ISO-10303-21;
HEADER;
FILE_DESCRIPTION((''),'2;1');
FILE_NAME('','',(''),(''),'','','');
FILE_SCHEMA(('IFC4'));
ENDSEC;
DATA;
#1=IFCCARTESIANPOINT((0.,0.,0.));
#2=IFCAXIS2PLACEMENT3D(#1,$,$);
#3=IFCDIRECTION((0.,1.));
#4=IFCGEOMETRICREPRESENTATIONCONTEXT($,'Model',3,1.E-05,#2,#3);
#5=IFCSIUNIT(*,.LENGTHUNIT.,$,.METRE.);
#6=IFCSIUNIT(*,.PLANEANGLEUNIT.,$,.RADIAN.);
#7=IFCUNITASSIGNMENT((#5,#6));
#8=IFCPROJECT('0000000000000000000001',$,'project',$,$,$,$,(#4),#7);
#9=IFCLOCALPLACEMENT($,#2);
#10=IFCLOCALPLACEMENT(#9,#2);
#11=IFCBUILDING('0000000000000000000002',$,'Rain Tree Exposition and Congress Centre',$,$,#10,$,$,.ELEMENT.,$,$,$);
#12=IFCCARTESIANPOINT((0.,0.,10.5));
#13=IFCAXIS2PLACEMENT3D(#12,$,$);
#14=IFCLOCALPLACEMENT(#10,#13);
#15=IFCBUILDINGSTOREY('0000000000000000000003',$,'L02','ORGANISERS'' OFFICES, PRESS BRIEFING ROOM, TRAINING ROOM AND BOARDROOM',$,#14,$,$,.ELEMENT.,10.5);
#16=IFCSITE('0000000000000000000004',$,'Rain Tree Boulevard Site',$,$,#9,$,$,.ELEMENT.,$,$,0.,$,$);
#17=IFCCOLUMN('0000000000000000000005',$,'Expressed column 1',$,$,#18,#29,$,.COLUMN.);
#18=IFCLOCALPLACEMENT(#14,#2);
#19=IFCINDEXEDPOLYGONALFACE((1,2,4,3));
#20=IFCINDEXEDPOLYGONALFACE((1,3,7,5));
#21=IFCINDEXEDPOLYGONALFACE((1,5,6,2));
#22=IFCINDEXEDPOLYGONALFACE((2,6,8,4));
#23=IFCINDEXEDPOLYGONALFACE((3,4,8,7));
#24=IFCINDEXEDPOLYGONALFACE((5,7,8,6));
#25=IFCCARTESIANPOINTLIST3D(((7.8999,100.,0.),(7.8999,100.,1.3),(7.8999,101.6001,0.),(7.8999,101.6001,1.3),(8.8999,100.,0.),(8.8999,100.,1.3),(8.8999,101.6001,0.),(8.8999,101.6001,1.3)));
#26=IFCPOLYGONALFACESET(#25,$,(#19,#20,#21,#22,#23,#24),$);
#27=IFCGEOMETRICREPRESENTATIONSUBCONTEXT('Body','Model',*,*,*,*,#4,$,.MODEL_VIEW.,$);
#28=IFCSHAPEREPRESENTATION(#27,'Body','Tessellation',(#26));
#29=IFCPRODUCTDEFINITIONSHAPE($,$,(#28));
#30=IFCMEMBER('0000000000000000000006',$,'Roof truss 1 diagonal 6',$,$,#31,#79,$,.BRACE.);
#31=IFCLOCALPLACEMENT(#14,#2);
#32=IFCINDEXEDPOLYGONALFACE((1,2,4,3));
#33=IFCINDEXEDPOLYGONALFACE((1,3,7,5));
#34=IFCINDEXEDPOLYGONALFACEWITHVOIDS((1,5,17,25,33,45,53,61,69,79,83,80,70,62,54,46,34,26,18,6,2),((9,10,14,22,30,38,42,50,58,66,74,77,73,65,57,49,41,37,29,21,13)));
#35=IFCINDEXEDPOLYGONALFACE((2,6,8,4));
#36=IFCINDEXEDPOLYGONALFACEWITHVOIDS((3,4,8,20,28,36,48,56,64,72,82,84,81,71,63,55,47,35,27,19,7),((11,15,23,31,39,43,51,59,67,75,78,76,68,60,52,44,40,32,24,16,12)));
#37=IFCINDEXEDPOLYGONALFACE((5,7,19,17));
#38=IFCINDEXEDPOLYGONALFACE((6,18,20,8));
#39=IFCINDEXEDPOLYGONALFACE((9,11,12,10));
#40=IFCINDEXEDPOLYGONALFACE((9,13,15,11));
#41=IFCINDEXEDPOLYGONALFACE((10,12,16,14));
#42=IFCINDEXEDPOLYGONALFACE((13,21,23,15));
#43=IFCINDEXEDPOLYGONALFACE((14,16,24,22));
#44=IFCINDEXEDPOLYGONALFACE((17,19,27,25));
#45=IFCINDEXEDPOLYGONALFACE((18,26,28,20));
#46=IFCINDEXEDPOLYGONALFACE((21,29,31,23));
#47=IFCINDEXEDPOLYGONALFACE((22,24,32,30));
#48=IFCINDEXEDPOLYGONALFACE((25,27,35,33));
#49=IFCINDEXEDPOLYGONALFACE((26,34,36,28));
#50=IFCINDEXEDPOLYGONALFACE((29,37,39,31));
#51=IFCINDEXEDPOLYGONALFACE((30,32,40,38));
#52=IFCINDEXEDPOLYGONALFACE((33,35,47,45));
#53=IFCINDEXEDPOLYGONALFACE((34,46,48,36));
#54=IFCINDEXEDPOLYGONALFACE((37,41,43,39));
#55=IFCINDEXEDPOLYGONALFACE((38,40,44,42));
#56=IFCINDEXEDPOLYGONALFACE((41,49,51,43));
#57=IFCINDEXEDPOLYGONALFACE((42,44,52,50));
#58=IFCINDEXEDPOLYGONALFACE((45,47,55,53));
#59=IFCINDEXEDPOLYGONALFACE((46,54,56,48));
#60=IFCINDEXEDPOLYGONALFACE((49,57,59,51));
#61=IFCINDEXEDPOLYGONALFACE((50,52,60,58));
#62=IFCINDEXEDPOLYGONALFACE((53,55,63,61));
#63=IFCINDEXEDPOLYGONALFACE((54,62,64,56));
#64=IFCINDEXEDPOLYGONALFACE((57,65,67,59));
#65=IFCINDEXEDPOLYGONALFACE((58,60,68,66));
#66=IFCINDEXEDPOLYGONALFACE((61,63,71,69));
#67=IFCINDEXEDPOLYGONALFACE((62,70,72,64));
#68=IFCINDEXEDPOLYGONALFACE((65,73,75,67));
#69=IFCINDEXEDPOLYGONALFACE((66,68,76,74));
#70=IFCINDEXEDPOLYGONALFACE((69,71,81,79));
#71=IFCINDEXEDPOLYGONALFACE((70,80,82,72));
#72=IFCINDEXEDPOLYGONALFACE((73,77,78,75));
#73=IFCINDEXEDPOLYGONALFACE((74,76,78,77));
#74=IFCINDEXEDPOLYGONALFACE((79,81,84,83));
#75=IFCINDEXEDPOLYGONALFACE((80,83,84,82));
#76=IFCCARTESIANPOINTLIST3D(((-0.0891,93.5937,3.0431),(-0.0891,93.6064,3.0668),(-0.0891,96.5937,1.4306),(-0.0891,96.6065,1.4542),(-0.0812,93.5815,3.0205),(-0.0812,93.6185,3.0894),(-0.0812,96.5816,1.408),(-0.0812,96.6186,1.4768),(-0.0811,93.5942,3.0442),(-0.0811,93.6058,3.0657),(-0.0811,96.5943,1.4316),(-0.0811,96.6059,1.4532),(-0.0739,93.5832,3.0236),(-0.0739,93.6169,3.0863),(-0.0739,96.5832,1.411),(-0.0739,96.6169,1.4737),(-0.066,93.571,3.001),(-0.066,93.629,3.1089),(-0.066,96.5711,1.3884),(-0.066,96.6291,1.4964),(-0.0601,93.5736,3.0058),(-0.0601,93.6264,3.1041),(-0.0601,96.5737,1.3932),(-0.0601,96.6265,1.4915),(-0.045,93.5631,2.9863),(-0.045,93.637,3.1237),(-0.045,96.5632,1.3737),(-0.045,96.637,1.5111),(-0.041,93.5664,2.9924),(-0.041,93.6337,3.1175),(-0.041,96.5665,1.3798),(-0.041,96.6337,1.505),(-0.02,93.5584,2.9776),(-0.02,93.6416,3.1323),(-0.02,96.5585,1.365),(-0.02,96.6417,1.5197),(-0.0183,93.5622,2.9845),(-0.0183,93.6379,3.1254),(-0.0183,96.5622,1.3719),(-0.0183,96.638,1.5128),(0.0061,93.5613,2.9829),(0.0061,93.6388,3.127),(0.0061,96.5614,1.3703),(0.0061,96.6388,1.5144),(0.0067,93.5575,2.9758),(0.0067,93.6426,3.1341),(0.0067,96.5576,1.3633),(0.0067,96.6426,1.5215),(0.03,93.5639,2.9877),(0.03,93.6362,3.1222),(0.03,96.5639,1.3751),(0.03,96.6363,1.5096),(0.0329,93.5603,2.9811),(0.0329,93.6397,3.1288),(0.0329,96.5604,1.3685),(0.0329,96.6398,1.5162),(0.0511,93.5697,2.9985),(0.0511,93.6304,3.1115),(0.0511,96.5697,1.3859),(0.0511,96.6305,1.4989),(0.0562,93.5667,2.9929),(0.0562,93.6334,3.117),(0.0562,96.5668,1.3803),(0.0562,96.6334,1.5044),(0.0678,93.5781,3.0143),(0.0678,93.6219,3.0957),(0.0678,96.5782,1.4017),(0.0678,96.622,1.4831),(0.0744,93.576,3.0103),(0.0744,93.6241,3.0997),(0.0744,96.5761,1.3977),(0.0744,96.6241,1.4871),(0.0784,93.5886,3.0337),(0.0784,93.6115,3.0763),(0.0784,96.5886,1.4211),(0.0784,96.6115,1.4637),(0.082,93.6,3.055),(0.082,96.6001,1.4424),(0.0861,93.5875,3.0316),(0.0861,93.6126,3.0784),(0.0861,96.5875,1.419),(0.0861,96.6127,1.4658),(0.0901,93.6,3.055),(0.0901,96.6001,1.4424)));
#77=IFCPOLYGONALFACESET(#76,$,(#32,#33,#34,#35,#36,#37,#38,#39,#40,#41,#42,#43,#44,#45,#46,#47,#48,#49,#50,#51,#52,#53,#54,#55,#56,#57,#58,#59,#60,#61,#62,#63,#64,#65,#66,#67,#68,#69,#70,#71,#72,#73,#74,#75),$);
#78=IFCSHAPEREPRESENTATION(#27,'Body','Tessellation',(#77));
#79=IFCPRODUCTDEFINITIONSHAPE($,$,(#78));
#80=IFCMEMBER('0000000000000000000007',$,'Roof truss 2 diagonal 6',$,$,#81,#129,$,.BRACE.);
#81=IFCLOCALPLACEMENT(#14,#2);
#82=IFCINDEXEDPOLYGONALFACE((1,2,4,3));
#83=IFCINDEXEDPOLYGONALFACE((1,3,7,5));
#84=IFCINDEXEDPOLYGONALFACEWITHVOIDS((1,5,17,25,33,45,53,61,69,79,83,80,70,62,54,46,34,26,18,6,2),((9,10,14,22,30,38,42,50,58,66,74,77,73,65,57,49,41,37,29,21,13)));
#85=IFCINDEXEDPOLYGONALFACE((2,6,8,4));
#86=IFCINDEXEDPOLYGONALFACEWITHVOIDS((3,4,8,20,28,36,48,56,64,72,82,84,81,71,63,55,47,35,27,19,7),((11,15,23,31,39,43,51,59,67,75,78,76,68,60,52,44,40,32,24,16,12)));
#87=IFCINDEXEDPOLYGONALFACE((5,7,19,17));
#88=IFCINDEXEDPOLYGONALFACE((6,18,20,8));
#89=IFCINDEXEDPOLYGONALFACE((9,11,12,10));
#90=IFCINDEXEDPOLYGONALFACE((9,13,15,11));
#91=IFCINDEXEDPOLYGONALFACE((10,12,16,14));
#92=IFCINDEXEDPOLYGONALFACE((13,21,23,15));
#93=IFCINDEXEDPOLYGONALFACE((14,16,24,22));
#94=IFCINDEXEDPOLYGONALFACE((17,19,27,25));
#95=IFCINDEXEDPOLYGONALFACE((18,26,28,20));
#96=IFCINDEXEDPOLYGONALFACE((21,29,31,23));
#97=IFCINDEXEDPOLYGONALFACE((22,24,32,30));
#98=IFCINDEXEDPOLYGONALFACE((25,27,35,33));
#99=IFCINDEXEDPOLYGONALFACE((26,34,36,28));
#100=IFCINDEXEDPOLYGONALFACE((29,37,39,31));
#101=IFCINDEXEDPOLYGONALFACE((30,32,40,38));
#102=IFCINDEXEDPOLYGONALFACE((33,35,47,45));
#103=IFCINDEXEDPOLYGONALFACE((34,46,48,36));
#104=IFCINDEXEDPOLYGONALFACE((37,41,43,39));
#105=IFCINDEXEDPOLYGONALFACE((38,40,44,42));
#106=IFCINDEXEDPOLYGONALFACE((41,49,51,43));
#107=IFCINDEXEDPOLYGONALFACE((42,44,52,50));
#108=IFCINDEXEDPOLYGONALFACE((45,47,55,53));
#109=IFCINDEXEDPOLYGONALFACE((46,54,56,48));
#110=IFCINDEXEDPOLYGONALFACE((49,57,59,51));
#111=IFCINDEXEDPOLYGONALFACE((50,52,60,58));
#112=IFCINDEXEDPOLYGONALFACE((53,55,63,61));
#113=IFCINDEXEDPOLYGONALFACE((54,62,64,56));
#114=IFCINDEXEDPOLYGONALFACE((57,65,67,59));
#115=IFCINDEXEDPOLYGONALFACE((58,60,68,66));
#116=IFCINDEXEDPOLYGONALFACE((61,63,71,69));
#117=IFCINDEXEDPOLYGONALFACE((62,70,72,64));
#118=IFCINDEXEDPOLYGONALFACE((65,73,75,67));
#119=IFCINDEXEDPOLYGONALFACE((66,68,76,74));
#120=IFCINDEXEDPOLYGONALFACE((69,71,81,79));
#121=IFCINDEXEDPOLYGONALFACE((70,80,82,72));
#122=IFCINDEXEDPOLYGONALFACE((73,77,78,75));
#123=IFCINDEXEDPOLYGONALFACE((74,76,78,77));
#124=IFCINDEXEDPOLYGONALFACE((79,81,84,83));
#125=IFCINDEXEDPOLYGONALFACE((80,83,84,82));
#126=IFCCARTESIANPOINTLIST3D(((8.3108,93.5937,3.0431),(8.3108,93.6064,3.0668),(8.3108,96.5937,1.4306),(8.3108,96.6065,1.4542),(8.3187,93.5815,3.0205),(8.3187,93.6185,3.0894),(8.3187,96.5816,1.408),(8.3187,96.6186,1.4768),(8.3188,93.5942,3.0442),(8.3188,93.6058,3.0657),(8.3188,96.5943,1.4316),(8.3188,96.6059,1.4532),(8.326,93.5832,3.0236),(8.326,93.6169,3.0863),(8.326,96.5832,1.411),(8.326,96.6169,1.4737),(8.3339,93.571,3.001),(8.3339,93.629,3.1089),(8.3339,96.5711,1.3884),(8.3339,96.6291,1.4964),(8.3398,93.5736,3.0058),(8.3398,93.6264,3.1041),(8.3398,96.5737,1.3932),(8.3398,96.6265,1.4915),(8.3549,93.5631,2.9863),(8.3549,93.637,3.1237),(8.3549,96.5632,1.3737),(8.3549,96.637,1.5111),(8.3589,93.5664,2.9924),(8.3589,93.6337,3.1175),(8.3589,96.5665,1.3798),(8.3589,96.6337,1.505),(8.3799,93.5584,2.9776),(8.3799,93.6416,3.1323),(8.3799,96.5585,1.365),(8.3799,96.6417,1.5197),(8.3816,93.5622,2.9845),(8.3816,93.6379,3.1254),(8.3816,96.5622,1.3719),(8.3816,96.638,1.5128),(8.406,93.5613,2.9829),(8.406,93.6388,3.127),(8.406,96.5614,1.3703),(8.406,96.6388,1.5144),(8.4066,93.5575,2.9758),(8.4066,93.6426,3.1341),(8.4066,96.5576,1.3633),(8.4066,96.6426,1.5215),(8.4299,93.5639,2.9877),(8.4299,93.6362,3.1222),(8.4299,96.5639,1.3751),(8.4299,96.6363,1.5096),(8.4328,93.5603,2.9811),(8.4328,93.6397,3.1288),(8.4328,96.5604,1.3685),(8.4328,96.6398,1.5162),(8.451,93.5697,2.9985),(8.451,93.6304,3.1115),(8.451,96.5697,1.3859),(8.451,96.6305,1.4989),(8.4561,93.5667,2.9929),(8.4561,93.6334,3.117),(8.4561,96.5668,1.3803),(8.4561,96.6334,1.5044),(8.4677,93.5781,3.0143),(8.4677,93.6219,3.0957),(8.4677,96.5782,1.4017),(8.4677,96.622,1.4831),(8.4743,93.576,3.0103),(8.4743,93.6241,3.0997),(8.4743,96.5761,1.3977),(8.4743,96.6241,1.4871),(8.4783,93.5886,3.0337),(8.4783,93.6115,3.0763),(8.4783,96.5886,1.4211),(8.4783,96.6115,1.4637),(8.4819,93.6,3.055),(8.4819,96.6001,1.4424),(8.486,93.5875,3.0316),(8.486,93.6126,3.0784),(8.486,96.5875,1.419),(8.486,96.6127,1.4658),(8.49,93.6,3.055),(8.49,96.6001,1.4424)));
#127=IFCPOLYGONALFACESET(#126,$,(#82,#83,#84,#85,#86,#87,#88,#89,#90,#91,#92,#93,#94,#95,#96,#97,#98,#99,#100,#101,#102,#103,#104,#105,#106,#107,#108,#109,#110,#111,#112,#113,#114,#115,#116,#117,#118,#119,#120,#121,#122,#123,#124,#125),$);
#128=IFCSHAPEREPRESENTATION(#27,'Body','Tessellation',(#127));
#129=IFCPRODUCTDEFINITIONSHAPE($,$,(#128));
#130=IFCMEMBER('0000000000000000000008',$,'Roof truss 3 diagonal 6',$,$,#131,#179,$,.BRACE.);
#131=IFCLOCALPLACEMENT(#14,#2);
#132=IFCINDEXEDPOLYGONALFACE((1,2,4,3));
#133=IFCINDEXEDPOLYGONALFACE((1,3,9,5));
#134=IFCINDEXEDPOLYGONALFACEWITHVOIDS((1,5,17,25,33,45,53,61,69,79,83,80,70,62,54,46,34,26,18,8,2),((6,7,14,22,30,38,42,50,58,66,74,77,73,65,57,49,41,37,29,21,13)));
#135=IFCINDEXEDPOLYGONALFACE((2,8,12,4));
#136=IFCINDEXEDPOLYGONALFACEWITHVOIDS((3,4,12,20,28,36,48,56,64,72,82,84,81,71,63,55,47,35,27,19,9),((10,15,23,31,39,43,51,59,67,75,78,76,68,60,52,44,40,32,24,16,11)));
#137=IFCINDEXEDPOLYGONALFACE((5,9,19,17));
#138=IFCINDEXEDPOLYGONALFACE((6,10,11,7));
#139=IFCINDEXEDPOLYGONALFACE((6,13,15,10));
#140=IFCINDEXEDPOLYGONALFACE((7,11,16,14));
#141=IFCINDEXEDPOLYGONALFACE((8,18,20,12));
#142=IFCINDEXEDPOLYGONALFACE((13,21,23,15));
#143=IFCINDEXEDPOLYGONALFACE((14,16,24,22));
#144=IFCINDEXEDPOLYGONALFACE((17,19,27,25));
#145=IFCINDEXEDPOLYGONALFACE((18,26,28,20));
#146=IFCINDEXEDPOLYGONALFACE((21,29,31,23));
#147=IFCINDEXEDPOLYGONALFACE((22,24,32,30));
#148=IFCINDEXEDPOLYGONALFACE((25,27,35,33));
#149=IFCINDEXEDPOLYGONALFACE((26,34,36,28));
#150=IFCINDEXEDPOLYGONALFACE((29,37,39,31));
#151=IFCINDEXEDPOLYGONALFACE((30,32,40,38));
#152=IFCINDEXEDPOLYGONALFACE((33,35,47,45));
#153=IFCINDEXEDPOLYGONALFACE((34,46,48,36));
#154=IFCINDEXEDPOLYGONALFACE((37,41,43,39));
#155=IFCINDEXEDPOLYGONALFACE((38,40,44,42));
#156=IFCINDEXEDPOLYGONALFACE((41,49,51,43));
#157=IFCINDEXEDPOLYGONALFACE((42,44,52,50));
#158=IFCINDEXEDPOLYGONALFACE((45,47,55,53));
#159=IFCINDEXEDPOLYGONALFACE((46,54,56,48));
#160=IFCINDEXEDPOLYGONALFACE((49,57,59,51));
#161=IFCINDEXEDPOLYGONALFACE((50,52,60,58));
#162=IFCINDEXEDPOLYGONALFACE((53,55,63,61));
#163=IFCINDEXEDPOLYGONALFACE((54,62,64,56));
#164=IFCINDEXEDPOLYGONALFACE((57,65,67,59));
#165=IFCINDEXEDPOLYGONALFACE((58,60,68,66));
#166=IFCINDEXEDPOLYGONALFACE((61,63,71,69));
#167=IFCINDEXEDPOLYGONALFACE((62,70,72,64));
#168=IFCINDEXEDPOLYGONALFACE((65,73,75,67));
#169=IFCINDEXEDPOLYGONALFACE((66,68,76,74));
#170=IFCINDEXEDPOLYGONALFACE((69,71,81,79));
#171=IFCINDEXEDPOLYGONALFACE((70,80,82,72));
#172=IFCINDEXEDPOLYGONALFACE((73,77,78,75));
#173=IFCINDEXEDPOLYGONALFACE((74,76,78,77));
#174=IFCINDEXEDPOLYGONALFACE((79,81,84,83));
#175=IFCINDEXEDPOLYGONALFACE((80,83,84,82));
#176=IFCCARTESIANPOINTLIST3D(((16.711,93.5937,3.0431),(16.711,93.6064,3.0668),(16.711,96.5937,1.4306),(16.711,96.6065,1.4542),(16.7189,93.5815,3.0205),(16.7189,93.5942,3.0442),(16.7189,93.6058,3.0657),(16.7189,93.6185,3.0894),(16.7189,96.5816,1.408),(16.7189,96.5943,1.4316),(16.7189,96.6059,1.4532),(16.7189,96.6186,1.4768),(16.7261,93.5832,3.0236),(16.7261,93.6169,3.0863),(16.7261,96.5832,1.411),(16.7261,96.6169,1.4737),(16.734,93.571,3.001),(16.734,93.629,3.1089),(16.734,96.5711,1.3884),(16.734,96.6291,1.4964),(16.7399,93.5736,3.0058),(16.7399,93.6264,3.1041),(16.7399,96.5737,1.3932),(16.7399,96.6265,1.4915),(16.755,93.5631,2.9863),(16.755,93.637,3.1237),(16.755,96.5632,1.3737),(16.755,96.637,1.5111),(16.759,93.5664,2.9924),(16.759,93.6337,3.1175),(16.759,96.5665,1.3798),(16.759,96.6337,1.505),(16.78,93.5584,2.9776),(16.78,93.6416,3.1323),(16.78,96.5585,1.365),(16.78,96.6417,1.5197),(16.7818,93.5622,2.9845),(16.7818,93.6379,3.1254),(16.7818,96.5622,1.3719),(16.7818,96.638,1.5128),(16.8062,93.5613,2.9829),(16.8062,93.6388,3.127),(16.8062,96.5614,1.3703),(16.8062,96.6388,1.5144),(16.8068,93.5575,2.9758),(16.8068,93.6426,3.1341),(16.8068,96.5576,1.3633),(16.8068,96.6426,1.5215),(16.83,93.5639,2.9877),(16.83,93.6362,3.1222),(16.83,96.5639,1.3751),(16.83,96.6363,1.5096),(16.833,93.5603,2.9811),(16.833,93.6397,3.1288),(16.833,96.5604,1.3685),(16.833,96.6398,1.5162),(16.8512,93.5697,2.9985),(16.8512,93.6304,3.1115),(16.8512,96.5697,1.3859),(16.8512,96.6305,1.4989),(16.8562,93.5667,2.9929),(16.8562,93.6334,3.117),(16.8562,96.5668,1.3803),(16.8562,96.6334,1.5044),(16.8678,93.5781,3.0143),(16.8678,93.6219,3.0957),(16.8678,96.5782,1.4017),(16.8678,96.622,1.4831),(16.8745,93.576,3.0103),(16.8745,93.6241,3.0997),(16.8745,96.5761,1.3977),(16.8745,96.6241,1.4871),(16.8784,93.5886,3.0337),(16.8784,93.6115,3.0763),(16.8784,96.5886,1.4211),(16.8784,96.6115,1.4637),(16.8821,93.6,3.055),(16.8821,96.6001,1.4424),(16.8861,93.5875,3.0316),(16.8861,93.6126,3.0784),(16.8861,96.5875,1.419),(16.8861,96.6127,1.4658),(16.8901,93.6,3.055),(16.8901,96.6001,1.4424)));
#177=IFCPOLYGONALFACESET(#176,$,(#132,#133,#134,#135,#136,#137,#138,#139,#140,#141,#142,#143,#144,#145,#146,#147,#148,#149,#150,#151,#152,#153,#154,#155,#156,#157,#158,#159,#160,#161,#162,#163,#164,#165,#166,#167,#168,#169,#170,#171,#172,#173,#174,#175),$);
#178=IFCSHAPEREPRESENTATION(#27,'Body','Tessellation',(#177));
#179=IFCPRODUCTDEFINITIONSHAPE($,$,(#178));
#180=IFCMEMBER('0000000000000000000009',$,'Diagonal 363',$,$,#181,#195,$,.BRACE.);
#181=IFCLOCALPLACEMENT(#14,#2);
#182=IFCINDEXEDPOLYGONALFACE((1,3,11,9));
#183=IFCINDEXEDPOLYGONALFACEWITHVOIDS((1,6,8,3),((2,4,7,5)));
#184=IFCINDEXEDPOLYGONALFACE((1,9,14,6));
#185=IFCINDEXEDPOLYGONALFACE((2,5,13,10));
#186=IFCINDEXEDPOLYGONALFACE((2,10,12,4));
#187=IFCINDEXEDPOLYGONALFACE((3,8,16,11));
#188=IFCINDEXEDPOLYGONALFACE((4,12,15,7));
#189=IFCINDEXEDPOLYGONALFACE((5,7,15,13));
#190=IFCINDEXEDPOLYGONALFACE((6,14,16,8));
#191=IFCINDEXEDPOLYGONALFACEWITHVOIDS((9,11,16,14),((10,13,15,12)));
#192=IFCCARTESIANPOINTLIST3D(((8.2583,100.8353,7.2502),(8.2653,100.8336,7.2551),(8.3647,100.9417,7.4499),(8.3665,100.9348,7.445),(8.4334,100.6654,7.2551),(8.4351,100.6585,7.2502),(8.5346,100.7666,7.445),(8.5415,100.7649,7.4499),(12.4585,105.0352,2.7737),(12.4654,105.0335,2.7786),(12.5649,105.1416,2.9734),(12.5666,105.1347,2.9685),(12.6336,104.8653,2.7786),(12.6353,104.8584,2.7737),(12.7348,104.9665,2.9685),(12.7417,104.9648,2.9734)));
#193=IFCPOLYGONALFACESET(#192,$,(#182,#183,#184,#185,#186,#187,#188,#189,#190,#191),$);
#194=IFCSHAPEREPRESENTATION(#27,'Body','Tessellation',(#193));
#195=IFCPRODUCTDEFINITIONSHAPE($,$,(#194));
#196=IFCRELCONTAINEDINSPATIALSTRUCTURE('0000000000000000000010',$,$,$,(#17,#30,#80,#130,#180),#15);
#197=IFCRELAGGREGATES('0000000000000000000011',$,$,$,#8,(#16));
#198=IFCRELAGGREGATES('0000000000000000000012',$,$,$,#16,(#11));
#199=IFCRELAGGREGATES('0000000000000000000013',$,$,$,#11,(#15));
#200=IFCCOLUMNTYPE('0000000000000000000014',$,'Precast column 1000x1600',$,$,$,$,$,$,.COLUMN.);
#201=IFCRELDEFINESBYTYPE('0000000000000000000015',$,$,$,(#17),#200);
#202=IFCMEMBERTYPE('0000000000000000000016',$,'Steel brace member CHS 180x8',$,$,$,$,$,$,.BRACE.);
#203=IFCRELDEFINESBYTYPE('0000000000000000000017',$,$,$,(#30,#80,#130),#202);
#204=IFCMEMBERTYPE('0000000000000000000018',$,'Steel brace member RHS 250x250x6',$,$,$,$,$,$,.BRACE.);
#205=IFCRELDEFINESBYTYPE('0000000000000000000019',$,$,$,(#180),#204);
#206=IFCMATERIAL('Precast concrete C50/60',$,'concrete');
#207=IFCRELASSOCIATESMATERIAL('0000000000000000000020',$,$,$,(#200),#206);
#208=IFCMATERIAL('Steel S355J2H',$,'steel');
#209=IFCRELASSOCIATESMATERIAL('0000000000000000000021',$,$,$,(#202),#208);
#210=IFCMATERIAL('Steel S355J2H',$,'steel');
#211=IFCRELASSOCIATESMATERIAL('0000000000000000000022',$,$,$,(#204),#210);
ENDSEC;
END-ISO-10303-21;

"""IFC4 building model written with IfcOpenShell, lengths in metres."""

from ifc_helpers import new_model, si_unit, direction, frame, origin, origin_2d, place, context, subcontext, project, spatial, rectangle, hollow_rectangle, hollow_circle, extrude, material, material_profile, profile_set, type_object, element, save


model = new_model("IFC4")

# Units and contexts
model_context = context("Model", 3, precision=1e-05, world=origin(), true_north=direction((0.0, 1.0)))
body_context = subcontext(model_context, "Body", "Model", "MODEL_VIEW")
ifc_project = project(units=[si_unit("LENGTHUNIT", "METRE"), si_unit("PLANEANGLEUNIT", "RADIAN")], contexts=[model_context])

# Site, building, storey
site_placement = place(None, origin())
site = spatial("IfcSite", under=ifc_project, at=site_placement, Name="Rain Tree Boulevard Site", CompositionType="ELEMENT", RefElevation=0.0)
building_placement = place(site_placement, origin())
building = spatial("IfcBuilding", under=site, at=building_placement, Name="Rain Tree Exposition and Congress Centre", CompositionType="ELEMENT")
storey_placement = place(building_placement, frame((0.0, 0.0, 10.5)))
storey = spatial("IfcBuildingStorey", under=building, at=storey_placement, Name="L02", Description="ORGANISERS' OFFICES, PRESS BRIEFING ROOM, TRAINING ROOM AND BOARDROOM", CompositionType="ELEMENT", Elevation=10.5)

# Column
ifc_material_1 = material(Name="Precast concrete C50/60", Category="concrete")
ifc_material_profile_1 = material_profile(ifc_material_1, rectangle(XDim=1.0, YDim=1.6001, at=origin_2d()), Name="RC 1000x1600")
ifc_profile_set_1 = profile_set([ifc_material_profile_1], Name="Precast concrete C50/60")
column_type = type_object("IfcColumnType", Name="Precast column 1000x1600", PredefinedType="COLUMN", material=ifc_profile_set_1)
column_placement = place(storey_placement, frame((8.3999, 100.8, 0.0), z_axis=(0.0, 0.0, 1.0), x_axis=(1.0, 0.0, 0.0)))
element("IfcColumn", 1, at=column_placement, inside=storey, type_object=column_type, Name="Expressed column 1", PredefinedType="COLUMN", context=body_context, shape_type="SweptSolid", body=[
    extrude(rectangle(XDim=1.0, YDim=1.6001, at=origin_2d()), origin(), (0.0, 0.0, 1.0), 1.3),
])

# Members
ifc_material_2 = material(Name="Steel S355J2H", Category="steel")
ifc_material_profile_2 = material_profile(ifc_material_2, hollow_circle(Radius=0.0901, WallThickness=0.0081, at=origin_2d()), Name="CHS 180x8")
ifc_profile_set_2 = profile_set([ifc_material_profile_2], Name="Steel S355J2H")
member_type_1 = type_object("IfcMemberType", Name="Steel brace member CHS 180x8", PredefinedType="BRACE", material=ifc_profile_set_2)
for number, where, z_axis, x_axis, name in (
    (2, (0.0, 96.6001, 1.4424), (0.0, -0.880818, 0.473454), (1.0, 0.0, 0.0), "Roof truss 1 diagonal 6"),
    (3, (8.3999, 96.6001, 1.4424), (0.0, -0.880818, 0.473454), (1.0, 0.0, 0.0), "Roof truss 2 diagonal 6"),
    (4, (16.8, 96.6001, 1.4424), (0.0, -0.880818, 0.473454), (1.0, 0.0, 0.0), "Roof truss 3 diagonal 6"),
):
    element("IfcMember", number, at=place(storey_placement, frame(where, z_axis=z_axis, x_axis=x_axis)), inside=storey, type_object=member_type_1, Name=name, PredefinedType="BRACE", context=body_context, shape_type="SweptSolid", body=[
        extrude(hollow_circle(Radius=0.0901, WallThickness=0.0081, at=origin_2d()), origin(), (0.0, 0.0, 1.0), 3.406),
    ])
ifc_material_3 = material(Name="Steel S355J2H", Category="steel")
ifc_material_profile_3 = material_profile(ifc_material_3, hollow_rectangle(XDim=0.25, YDim=0.25, WallThickness=0.0061, at=origin_2d()), Name="RHS 250x250x6")
ifc_profile_set_3 = profile_set([ifc_material_profile_3], Name="Steel S355J2H")
member_type_2 = type_object("IfcMemberType", Name="Steel brace member RHS 250x250x6", PredefinedType="BRACE", material=ifc_profile_set_3)
member_1_placement = place(storey_placement, frame((12.6001, 105.0, 2.8735), z_axis=(-0.564709, -0.564677, 0.601867), x_axis=(0.707086, -0.707127, 0.0)))
element("IfcMember", 5, at=member_1_placement, inside=storey, type_object=member_type_2, Name="Diagonal 363", PredefinedType="BRACE", context=body_context, shape_type="SweptSolid", body=[
    extrude(hollow_rectangle(XDim=0.25, YDim=0.25, WallThickness=0.0061, at=origin_2d()), origin(), (0.0, 0.0, 1.0), 7.4377),
])

save(model, "model.ifc")
